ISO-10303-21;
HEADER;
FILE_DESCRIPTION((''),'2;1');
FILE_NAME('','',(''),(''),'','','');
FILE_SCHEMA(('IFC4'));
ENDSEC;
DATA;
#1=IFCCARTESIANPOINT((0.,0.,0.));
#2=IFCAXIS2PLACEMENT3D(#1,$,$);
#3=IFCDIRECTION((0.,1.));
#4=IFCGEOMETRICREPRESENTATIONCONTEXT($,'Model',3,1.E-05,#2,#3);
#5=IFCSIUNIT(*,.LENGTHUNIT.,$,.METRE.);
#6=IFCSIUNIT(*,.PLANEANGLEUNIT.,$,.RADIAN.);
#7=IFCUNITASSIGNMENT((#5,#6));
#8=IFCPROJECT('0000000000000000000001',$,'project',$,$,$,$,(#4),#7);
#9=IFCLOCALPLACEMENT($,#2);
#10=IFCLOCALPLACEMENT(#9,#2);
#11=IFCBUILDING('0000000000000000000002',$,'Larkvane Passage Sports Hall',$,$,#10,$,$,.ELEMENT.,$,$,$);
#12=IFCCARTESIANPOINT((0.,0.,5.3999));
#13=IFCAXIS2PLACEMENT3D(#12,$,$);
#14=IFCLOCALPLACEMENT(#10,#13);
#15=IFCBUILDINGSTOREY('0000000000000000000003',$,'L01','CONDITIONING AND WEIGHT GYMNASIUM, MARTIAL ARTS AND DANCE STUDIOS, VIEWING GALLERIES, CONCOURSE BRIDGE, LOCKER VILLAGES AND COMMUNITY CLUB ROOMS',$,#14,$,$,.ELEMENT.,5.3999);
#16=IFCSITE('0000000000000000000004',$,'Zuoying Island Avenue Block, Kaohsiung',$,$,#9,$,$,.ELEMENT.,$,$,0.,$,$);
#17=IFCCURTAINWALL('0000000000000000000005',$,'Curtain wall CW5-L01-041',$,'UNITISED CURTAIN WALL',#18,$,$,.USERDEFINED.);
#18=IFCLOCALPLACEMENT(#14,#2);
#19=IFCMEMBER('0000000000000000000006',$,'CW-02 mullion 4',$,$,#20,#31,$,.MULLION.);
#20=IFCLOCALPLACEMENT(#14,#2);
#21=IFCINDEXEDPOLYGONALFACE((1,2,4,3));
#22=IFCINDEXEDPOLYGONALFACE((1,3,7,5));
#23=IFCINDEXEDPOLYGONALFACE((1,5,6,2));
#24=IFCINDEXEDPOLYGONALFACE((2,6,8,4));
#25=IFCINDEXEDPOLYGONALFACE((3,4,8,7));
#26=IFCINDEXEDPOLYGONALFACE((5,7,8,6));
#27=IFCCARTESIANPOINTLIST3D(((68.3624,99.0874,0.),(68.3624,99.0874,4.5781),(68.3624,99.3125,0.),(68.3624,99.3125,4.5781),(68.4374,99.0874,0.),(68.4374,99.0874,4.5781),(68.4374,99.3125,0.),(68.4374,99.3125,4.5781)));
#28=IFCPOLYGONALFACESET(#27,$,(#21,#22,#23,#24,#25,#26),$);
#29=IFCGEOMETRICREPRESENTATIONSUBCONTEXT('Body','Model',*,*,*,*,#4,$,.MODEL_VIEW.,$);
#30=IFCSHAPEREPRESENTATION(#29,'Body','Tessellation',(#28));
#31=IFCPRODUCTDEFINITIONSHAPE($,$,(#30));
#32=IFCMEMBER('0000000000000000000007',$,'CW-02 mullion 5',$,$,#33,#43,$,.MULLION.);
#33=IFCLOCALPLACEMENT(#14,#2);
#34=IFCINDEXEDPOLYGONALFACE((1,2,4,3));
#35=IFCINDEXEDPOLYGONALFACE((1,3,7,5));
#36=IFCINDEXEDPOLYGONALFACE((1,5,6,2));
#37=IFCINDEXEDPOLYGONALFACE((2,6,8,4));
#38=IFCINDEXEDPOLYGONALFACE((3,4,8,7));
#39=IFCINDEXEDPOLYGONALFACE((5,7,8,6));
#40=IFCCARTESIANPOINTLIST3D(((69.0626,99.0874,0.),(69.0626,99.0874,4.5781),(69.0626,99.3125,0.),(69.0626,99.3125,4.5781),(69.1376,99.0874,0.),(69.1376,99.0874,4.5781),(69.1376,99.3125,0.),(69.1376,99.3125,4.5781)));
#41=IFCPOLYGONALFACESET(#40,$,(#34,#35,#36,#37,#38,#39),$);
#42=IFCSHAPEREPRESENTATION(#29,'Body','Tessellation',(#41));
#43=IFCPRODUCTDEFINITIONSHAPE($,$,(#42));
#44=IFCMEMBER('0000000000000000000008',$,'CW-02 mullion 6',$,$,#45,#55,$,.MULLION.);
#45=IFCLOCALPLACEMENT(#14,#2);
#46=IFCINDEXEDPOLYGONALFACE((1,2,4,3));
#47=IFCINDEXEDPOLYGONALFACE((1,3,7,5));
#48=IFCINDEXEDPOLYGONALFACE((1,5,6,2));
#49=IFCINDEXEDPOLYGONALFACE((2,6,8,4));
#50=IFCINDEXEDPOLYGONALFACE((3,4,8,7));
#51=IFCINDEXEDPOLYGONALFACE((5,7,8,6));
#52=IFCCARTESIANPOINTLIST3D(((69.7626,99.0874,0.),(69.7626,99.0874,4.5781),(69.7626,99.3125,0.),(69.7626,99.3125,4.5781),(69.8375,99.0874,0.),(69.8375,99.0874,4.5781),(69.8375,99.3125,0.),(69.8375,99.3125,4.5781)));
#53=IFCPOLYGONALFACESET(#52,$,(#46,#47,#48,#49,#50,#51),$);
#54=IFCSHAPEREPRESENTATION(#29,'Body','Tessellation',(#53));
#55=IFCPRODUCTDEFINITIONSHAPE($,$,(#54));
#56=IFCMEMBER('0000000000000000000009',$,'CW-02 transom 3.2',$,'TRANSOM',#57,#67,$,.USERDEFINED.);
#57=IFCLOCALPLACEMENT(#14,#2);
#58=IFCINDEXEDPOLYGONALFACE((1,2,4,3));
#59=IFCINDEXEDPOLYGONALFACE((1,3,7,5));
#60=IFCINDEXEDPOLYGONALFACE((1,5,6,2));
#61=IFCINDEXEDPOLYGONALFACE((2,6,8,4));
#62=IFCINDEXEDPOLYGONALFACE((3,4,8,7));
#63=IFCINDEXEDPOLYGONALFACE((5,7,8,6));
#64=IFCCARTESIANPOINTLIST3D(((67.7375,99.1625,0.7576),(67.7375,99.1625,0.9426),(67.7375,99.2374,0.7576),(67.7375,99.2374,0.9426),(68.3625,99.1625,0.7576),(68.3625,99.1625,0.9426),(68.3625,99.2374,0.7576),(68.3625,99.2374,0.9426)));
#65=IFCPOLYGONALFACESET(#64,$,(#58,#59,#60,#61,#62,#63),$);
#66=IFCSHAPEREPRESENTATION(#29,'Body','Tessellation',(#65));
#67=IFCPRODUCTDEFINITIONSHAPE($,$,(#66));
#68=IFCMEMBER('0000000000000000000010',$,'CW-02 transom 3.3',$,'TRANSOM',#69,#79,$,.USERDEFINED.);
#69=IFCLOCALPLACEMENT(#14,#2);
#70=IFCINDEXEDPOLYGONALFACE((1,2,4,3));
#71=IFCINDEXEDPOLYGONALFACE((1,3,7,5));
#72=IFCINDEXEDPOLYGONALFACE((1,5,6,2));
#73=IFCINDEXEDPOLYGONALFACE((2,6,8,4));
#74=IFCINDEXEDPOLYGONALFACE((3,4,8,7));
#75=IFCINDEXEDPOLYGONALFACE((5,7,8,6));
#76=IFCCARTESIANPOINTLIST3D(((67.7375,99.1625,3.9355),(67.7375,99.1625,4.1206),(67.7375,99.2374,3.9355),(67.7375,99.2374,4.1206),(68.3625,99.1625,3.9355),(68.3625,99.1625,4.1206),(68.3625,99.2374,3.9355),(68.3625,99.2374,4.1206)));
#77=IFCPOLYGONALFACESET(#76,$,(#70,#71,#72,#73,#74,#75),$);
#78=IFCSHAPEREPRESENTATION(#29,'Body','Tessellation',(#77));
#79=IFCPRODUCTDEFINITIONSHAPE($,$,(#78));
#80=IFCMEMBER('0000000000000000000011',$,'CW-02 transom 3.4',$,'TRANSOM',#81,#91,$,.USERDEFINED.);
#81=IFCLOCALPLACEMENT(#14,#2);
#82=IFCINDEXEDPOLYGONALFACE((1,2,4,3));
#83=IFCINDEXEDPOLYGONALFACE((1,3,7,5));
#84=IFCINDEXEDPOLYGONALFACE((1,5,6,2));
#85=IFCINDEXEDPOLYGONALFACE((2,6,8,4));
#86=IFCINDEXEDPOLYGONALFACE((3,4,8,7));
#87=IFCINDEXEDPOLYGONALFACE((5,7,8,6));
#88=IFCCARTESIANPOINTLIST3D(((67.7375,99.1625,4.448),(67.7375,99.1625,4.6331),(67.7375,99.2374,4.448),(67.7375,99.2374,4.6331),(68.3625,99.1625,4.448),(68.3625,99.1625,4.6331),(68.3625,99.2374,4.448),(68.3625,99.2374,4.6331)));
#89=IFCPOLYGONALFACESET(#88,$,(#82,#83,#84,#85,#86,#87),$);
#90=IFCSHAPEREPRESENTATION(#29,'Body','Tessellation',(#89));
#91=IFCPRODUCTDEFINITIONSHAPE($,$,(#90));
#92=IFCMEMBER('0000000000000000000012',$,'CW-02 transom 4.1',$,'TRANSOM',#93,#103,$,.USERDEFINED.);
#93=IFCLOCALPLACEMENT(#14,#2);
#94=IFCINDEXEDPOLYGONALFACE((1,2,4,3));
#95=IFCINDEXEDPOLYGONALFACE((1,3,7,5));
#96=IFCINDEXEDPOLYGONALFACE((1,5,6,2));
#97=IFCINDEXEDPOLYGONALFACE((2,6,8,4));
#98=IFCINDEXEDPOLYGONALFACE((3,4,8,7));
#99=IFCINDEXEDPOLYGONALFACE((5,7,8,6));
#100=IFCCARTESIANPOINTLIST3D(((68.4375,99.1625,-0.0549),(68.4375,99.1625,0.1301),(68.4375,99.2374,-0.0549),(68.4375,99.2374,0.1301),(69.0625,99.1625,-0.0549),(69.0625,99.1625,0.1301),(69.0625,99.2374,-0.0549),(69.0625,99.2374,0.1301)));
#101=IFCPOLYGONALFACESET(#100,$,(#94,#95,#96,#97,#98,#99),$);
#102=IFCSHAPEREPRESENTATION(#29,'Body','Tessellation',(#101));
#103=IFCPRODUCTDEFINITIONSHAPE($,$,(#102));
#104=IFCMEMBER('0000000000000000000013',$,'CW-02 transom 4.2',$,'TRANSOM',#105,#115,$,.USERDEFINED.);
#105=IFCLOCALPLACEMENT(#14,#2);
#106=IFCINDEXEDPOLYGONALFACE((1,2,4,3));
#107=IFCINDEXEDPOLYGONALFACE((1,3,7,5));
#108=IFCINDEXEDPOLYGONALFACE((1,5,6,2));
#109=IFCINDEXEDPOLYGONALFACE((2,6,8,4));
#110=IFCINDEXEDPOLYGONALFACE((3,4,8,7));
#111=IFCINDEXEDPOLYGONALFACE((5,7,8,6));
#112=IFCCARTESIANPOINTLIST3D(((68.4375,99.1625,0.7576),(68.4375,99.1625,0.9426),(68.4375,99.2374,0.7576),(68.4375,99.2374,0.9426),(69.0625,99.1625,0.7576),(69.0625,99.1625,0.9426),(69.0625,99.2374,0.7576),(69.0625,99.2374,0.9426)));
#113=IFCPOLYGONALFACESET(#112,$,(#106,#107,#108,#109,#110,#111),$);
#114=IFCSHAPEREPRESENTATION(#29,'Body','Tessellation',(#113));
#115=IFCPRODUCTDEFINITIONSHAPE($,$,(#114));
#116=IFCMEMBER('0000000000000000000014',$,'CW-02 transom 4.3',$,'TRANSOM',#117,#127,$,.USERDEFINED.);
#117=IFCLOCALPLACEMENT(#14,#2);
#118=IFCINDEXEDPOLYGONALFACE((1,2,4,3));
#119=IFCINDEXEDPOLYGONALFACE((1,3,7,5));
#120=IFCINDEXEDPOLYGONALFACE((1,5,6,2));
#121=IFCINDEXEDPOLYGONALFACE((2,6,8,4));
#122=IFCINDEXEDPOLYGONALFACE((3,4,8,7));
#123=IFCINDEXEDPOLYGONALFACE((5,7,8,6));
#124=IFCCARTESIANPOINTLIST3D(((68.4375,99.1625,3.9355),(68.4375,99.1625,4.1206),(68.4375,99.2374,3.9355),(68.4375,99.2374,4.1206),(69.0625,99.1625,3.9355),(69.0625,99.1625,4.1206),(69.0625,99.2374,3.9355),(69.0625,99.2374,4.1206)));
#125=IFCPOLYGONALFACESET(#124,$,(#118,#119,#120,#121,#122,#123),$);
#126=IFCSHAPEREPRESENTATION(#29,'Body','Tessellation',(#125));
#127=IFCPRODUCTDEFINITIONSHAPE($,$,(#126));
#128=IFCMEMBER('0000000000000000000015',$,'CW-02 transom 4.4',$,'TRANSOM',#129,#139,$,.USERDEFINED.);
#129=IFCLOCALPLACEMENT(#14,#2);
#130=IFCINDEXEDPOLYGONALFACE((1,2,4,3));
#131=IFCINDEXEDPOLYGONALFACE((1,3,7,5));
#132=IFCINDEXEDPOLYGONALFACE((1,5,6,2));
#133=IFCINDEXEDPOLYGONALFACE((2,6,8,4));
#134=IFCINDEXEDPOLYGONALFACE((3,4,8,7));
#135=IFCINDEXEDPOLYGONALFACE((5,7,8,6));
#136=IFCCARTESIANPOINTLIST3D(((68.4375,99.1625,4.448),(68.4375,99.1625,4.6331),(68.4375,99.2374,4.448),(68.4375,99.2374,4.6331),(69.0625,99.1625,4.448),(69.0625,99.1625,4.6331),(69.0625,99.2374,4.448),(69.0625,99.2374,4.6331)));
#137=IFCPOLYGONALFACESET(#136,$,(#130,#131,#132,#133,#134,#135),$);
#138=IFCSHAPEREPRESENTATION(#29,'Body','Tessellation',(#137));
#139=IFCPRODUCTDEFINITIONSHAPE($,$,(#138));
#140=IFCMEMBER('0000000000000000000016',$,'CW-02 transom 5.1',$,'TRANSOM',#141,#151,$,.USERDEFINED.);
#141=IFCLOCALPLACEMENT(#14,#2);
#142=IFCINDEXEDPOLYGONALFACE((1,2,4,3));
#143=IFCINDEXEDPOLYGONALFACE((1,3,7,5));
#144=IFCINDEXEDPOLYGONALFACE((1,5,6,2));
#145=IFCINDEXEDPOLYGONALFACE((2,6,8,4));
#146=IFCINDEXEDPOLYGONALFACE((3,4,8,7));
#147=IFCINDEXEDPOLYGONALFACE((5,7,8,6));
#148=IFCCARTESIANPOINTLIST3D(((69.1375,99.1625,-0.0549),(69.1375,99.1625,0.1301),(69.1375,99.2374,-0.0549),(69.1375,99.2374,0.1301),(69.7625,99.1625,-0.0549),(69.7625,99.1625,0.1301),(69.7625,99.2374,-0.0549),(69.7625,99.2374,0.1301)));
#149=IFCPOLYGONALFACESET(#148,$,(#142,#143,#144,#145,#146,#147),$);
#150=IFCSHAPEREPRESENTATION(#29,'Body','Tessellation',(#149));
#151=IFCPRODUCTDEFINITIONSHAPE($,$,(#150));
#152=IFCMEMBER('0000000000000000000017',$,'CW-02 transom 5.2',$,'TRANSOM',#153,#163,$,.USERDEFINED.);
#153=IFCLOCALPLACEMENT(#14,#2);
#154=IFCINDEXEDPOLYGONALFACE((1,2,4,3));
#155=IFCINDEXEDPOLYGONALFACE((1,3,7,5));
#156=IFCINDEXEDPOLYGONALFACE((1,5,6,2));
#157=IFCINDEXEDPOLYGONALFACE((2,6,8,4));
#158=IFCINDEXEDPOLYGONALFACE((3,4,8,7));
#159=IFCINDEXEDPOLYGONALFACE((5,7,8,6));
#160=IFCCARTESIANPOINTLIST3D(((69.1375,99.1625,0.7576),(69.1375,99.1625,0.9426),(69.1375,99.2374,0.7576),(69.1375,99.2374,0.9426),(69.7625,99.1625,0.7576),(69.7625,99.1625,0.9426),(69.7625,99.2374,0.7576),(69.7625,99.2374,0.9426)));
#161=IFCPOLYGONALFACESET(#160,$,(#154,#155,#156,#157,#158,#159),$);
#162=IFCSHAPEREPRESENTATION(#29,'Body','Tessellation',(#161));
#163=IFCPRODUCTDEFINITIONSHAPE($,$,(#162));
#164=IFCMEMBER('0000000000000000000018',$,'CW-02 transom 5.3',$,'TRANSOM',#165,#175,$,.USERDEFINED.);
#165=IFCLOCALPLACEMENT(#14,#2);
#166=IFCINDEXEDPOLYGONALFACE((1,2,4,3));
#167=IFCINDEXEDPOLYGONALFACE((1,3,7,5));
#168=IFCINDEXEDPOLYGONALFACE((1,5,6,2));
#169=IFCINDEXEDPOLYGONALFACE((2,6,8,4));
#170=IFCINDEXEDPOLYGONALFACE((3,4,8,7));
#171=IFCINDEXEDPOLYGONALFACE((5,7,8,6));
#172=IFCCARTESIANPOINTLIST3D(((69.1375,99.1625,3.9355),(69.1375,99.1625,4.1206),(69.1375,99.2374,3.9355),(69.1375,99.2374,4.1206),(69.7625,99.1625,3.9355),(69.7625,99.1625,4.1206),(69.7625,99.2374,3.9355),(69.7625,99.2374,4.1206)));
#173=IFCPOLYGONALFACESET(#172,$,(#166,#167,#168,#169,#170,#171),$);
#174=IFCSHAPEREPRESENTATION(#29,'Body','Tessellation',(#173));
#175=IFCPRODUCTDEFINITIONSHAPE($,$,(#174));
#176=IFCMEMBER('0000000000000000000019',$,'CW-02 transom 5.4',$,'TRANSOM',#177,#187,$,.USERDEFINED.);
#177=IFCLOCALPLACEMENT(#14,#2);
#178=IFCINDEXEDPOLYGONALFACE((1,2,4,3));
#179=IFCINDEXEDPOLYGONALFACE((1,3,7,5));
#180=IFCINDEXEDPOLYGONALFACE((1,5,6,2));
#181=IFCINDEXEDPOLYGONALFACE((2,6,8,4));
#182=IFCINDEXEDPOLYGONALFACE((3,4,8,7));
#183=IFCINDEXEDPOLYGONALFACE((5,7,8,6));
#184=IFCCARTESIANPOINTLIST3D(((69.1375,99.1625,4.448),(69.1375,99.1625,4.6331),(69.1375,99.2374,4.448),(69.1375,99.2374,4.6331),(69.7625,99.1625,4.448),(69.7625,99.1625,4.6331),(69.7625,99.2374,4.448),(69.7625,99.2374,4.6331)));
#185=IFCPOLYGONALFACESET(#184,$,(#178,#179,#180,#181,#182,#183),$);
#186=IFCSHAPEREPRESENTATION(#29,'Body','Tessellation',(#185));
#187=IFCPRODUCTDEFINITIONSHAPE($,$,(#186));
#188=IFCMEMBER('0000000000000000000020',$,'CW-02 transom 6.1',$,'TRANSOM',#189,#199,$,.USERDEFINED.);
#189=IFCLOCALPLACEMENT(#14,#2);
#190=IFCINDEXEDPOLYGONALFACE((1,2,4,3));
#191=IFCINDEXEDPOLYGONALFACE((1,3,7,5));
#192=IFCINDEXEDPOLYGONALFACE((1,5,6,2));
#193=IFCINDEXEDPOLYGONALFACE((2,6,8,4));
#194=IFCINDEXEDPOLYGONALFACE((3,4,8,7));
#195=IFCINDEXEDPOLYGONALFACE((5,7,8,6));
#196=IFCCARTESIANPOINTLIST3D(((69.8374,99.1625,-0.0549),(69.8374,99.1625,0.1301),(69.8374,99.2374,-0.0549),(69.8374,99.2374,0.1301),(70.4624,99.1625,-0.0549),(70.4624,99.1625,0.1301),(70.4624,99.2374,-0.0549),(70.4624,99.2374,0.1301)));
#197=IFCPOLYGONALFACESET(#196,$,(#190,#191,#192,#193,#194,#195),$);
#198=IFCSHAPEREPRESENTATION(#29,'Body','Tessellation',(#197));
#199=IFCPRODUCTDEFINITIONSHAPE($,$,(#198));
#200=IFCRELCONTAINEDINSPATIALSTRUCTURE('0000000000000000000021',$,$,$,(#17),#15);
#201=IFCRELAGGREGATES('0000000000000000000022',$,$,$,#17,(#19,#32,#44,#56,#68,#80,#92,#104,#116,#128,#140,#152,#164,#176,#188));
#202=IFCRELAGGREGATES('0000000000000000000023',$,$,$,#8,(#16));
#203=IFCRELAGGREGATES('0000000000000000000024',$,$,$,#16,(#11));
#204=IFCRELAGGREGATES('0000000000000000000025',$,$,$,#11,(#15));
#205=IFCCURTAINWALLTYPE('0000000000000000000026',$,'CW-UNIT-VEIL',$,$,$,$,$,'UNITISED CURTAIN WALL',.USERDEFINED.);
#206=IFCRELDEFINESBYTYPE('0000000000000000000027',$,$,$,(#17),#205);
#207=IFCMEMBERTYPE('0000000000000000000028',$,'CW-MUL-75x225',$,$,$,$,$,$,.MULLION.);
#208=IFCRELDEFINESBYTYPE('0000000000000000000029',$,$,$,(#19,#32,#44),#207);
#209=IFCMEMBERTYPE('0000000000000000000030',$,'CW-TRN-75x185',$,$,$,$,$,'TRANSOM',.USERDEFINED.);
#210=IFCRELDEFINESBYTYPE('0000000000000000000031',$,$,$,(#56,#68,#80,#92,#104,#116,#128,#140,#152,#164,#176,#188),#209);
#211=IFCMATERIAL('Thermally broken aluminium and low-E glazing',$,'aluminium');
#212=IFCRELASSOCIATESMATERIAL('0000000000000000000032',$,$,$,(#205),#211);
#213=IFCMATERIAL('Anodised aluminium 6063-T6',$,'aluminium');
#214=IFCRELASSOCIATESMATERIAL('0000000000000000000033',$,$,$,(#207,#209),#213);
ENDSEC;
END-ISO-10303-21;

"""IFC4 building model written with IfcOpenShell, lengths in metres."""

from ifc_helpers import new_model, si_unit, direction, frame, origin, origin_2d, place, context, subcontext, project, spatial, rectangle, extrude, material, material_profile, profile_set, type_object, element, aggregate, save


model = new_model("IFC4")

# Units and contexts
model_context = context("Model", 3, precision=1e-05, world=origin(), true_north=direction((0.0, 1.0)))
body_context = subcontext(model_context, "Body", "Model", "MODEL_VIEW")
ifc_project = project(units=[si_unit("LENGTHUNIT", "METRE"), si_unit("PLANEANGLEUNIT", "RADIAN")], contexts=[model_context])

# Site, building, storey
site_placement = place(None, origin())
site = spatial("IfcSite", under=ifc_project, at=site_placement, Name="Zuoying Island Avenue Block, Kaohsiung", CompositionType="ELEMENT", RefElevation=0.0)
building_placement = place(site_placement, origin())
building = spatial("IfcBuilding", under=site, at=building_placement, Name="Larkvane Passage Sports Hall", CompositionType="ELEMENT")
storey_placement = place(building_placement, frame((0.0, 0.0, 5.3999)))
storey = spatial("IfcBuildingStorey", under=building, at=storey_placement, Name="L01", Description="CONDITIONING AND WEIGHT GYMNASIUM, MARTIAL ARTS AND DANCE STUDIOS, VIEWING GALLERIES, CONCOURSE BRIDGE, LOCKER VILLAGES AND COMMUNITY CLUB ROOMS", CompositionType="ELEMENT", Elevation=5.3999)

# Curtain wall, members
ifc_material_1 = material(Name="Thermally broken aluminium and low-E glazing", Category="aluminium")
curtain_wall_type = type_object("IfcCurtainWallType", Name="CW-UNIT-VEIL", ElementType="UNITISED CURTAIN WALL", PredefinedType="USERDEFINED", material=ifc_material_1)
curtain_wall_placement = place(storey_placement, origin())
curtain_wall = element("IfcCurtainWall", 1, at=curtain_wall_placement, inside=storey, type_object=curtain_wall_type, Name="Curtain wall CW5-L01-041", ObjectType="UNITISED CURTAIN WALL", PredefinedType="USERDEFINED")
ifc_material_2 = material(Name="Anodised aluminium 6063-T6", Category="aluminium")
ifc_material_profile_1 = material_profile(ifc_material_2, rectangle(XDim=0.075, YDim=0.2251, at=origin_2d()), Name="ALU-MUL-75x225")
ifc_profile_set_1 = profile_set([ifc_material_profile_1], Name="Anodised aluminium 6063-T6")
member_type_1 = type_object("IfcMemberType", Name="CW-MUL-75x225", PredefinedType="MULLION", material=ifc_profile_set_1)
member_1_placement = place(storey_placement, frame((68.3999, 99.2, 0.0), z_axis=(0.0, 0.0, 1.0), x_axis=(1.0, 0.0, 0.0)))
member_1 = element("IfcMember", 2, at=member_1_placement, type_object=member_type_1, Name="CW-02 mullion 4", PredefinedType="MULLION", context=body_context, shape_type="SweptSolid", body=[
    extrude(rectangle(XDim=0.075, YDim=0.2251, at=origin_2d()), origin(), (0.0, 0.0, 1.0), 4.5781),
])
member_2_placement = place(storey_placement, frame((69.1001, 99.2, 0.0), z_axis=(0.0, 0.0, 1.0), x_axis=(1.0, 0.0, 0.0)))
member_2 = element("IfcMember", 3, at=member_2_placement, type_object=member_type_1, Name="CW-02 mullion 5", PredefinedType="MULLION", context=body_context, shape_type="SweptSolid", body=[
    extrude(rectangle(XDim=0.075, YDim=0.2251, at=origin_2d()), origin(), (0.0, 0.0, 1.0), 4.5781),
])
member_3_placement = place(storey_placement, frame((69.8, 99.2, 0.0), z_axis=(0.0, 0.0, 1.0), x_axis=(1.0, 0.0, 0.0)))
member_3 = element("IfcMember", 4, at=member_3_placement, type_object=member_type_1, Name="CW-02 mullion 6", PredefinedType="MULLION", context=body_context, shape_type="SweptSolid", body=[
    extrude(rectangle(XDim=0.075, YDim=0.2251, at=origin_2d()), origin(), (0.0, 0.0, 1.0), 4.5781),
])
ifc_material_profile_2 = material_profile(ifc_material_2, rectangle(XDim=0.075, YDim=0.1851, at=origin_2d()), Name="ALU-TRN-75x185")
ifc_profile_set_2 = profile_set([ifc_material_profile_2], Name="Anodised aluminium 6063-T6")
member_type_2 = type_object("IfcMemberType", Name="CW-TRN-75x185", ElementType="TRANSOM", PredefinedType="USERDEFINED", material=ifc_profile_set_2)
member_4_placement = place(storey_placement, frame((67.7375, 99.2, 0.8501), z_axis=(1.0, 0.0, 0.0), x_axis=(0.0, 1.0, 0.0)))
member_4 = element("IfcMember", 5, at=member_4_placement, type_object=member_type_2, Name="CW-02 transom 3.2", ObjectType="TRANSOM", PredefinedType="USERDEFINED", context=body_context, shape_type="SweptSolid", body=[
    extrude(rectangle(XDim=0.075, YDim=0.1851, at=origin_2d()), origin(), (0.0, 0.0, 1.0), 0.625),
])
member_5_placement = place(storey_placement, frame((67.7375, 99.2, 4.0281), z_axis=(1.0, 0.0, 0.0), x_axis=(0.0, 1.0, 0.0)))
member_5 = element("IfcMember", 6, at=member_5_placement, type_object=member_type_2, Name="CW-02 transom 3.3", ObjectType="TRANSOM", PredefinedType="USERDEFINED", context=body_context, shape_type="SweptSolid", body=[
    extrude(rectangle(XDim=0.075, YDim=0.1851, at=origin_2d()), origin(), (0.0, 0.0, 1.0), 0.625),
])
member_6_placement = place(storey_placement, frame((67.7375, 99.2, 4.5405), z_axis=(1.0, 0.0, 0.0), x_axis=(0.0, 1.0, 0.0)))
member_6 = element("IfcMember", 7, at=member_6_placement, type_object=member_type_2, Name="CW-02 transom 3.4", ObjectType="TRANSOM", PredefinedType="USERDEFINED", context=body_context, shape_type="SweptSolid", body=[
    extrude(rectangle(XDim=0.075, YDim=0.1851, at=origin_2d()), origin(), (0.0, 0.0, 1.0), 0.625),
])
member_7_placement = place(storey_placement, frame((68.4375, 99.2, 0.0376), z_axis=(1.0, 0.0, 0.0), x_axis=(0.0, 1.0, 0.0)))
member_7 = element("IfcMember", 8, at=member_7_placement, type_object=member_type_2, Name="CW-02 transom 4.1", ObjectType="TRANSOM", PredefinedType="USERDEFINED", context=body_context, shape_type="SweptSolid", body=[
    extrude(rectangle(XDim=0.075, YDim=0.1851, at=origin_2d()), origin(), (0.0, 0.0, 1.0), 0.625),
])
member_8_placement = place(storey_placement, frame((68.4375, 99.2, 0.8501), z_axis=(1.0, 0.0, 0.0), x_axis=(0.0, 1.0, 0.0)))
member_8 = element("IfcMember", 9, at=member_8_placement, type_object=member_type_2, Name="CW-02 transom 4.2", ObjectType="TRANSOM", PredefinedType="USERDEFINED", context=body_context, shape_type="SweptSolid", body=[
    extrude(rectangle(XDim=0.075, YDim=0.1851, at=origin_2d()), origin(), (0.0, 0.0, 1.0), 0.625),
])
member_9_placement = place(storey_placement, frame((68.4375, 99.2, 4.0281), z_axis=(1.0, 0.0, 0.0), x_axis=(0.0, 1.0, 0.0)))
member_9 = element("IfcMember", 10, at=member_9_placement, type_object=member_type_2, Name="CW-02 transom 4.3", ObjectType="TRANSOM", PredefinedType="USERDEFINED", context=body_context, shape_type="SweptSolid", body=[
    extrude(rectangle(XDim=0.075, YDim=0.1851, at=origin_2d()), origin(), (0.0, 0.0, 1.0), 0.625),
])
member_10_placement = place(storey_placement, frame((68.4375, 99.2, 4.5405), z_axis=(1.0, 0.0, 0.0), x_axis=(0.0, 1.0, 0.0)))
member_10 = element("IfcMember", 11, at=member_10_placement, type_object=member_type_2, Name="CW-02 transom 4.4", ObjectType="TRANSOM", PredefinedType="USERDEFINED", context=body_context, shape_type="SweptSolid", body=[
    extrude(rectangle(XDim=0.075, YDim=0.1851, at=origin_2d()), origin(), (0.0, 0.0, 1.0), 0.625),
])
member_11_placement = place(storey_placement, frame((69.1375, 99.2, 0.0376), z_axis=(1.0, 0.0, 0.0), x_axis=(0.0, 1.0, 0.0)))
member_11 = element("IfcMember", 12, at=member_11_placement, type_object=member_type_2, Name="CW-02 transom 5.1", ObjectType="TRANSOM", PredefinedType="USERDEFINED", context=body_context, shape_type="SweptSolid", body=[
    extrude(rectangle(XDim=0.075, YDim=0.1851, at=origin_2d()), origin(), (0.0, 0.0, 1.0), 0.625),
])
member_12_placement = place(storey_placement, frame((69.1375, 99.2, 0.8501), z_axis=(1.0, 0.0, 0.0), x_axis=(0.0, 1.0, 0.0)))
member_12 = element("IfcMember", 13, at=member_12_placement, type_object=member_type_2, Name="CW-02 transom 5.2", ObjectType="TRANSOM", PredefinedType="USERDEFINED", context=body_context, shape_type="SweptSolid", body=[
    extrude(rectangle(XDim=0.075, YDim=0.1851, at=origin_2d()), origin(), (0.0, 0.0, 1.0), 0.625),
])
member_13_placement = place(storey_placement, frame((69.1375, 99.2, 4.0281), z_axis=(1.0, 0.0, 0.0), x_axis=(0.0, 1.0, 0.0)))
member_13 = element("IfcMember", 14, at=member_13_placement, type_object=member_type_2, Name="CW-02 transom 5.3", ObjectType="TRANSOM", PredefinedType="USERDEFINED", context=body_context, shape_type="SweptSolid", body=[
    extrude(rectangle(XDim=0.075, YDim=0.1851, at=origin_2d()), origin(), (0.0, 0.0, 1.0), 0.625),
])
member_14_placement = place(storey_placement, frame((69.1375, 99.2, 4.5405), z_axis=(1.0, 0.0, 0.0), x_axis=(0.0, 1.0, 0.0)))
member_14 = element("IfcMember", 15, at=member_14_placement, type_object=member_type_2, Name="CW-02 transom 5.4", ObjectType="TRANSOM", PredefinedType="USERDEFINED", context=body_context, shape_type="SweptSolid", body=[
    extrude(rectangle(XDim=0.075, YDim=0.1851, at=origin_2d()), origin(), (0.0, 0.0, 1.0), 0.625),
])
member_15_placement = place(storey_placement, frame((69.8374, 99.2, 0.0376), z_axis=(1.0, 0.0, 0.0), x_axis=(0.0, 1.0, 0.0)))
member_15 = element("IfcMember", 16, at=member_15_placement, type_object=member_type_2, Name="CW-02 transom 6.1", ObjectType="TRANSOM", PredefinedType="USERDEFINED", context=body_context, shape_type="SweptSolid", body=[
    extrude(rectangle(XDim=0.075, YDim=0.1851, at=origin_2d()), origin(), (0.0, 0.0, 1.0), 0.625),
])
aggregate(curtain_wall, [member_1, member_2, member_3, member_4, member_5, member_6, member_7, member_8, member_9, member_10, member_11, member_12, member_13, member_14, member_15])

save(model, "model.ifc")
